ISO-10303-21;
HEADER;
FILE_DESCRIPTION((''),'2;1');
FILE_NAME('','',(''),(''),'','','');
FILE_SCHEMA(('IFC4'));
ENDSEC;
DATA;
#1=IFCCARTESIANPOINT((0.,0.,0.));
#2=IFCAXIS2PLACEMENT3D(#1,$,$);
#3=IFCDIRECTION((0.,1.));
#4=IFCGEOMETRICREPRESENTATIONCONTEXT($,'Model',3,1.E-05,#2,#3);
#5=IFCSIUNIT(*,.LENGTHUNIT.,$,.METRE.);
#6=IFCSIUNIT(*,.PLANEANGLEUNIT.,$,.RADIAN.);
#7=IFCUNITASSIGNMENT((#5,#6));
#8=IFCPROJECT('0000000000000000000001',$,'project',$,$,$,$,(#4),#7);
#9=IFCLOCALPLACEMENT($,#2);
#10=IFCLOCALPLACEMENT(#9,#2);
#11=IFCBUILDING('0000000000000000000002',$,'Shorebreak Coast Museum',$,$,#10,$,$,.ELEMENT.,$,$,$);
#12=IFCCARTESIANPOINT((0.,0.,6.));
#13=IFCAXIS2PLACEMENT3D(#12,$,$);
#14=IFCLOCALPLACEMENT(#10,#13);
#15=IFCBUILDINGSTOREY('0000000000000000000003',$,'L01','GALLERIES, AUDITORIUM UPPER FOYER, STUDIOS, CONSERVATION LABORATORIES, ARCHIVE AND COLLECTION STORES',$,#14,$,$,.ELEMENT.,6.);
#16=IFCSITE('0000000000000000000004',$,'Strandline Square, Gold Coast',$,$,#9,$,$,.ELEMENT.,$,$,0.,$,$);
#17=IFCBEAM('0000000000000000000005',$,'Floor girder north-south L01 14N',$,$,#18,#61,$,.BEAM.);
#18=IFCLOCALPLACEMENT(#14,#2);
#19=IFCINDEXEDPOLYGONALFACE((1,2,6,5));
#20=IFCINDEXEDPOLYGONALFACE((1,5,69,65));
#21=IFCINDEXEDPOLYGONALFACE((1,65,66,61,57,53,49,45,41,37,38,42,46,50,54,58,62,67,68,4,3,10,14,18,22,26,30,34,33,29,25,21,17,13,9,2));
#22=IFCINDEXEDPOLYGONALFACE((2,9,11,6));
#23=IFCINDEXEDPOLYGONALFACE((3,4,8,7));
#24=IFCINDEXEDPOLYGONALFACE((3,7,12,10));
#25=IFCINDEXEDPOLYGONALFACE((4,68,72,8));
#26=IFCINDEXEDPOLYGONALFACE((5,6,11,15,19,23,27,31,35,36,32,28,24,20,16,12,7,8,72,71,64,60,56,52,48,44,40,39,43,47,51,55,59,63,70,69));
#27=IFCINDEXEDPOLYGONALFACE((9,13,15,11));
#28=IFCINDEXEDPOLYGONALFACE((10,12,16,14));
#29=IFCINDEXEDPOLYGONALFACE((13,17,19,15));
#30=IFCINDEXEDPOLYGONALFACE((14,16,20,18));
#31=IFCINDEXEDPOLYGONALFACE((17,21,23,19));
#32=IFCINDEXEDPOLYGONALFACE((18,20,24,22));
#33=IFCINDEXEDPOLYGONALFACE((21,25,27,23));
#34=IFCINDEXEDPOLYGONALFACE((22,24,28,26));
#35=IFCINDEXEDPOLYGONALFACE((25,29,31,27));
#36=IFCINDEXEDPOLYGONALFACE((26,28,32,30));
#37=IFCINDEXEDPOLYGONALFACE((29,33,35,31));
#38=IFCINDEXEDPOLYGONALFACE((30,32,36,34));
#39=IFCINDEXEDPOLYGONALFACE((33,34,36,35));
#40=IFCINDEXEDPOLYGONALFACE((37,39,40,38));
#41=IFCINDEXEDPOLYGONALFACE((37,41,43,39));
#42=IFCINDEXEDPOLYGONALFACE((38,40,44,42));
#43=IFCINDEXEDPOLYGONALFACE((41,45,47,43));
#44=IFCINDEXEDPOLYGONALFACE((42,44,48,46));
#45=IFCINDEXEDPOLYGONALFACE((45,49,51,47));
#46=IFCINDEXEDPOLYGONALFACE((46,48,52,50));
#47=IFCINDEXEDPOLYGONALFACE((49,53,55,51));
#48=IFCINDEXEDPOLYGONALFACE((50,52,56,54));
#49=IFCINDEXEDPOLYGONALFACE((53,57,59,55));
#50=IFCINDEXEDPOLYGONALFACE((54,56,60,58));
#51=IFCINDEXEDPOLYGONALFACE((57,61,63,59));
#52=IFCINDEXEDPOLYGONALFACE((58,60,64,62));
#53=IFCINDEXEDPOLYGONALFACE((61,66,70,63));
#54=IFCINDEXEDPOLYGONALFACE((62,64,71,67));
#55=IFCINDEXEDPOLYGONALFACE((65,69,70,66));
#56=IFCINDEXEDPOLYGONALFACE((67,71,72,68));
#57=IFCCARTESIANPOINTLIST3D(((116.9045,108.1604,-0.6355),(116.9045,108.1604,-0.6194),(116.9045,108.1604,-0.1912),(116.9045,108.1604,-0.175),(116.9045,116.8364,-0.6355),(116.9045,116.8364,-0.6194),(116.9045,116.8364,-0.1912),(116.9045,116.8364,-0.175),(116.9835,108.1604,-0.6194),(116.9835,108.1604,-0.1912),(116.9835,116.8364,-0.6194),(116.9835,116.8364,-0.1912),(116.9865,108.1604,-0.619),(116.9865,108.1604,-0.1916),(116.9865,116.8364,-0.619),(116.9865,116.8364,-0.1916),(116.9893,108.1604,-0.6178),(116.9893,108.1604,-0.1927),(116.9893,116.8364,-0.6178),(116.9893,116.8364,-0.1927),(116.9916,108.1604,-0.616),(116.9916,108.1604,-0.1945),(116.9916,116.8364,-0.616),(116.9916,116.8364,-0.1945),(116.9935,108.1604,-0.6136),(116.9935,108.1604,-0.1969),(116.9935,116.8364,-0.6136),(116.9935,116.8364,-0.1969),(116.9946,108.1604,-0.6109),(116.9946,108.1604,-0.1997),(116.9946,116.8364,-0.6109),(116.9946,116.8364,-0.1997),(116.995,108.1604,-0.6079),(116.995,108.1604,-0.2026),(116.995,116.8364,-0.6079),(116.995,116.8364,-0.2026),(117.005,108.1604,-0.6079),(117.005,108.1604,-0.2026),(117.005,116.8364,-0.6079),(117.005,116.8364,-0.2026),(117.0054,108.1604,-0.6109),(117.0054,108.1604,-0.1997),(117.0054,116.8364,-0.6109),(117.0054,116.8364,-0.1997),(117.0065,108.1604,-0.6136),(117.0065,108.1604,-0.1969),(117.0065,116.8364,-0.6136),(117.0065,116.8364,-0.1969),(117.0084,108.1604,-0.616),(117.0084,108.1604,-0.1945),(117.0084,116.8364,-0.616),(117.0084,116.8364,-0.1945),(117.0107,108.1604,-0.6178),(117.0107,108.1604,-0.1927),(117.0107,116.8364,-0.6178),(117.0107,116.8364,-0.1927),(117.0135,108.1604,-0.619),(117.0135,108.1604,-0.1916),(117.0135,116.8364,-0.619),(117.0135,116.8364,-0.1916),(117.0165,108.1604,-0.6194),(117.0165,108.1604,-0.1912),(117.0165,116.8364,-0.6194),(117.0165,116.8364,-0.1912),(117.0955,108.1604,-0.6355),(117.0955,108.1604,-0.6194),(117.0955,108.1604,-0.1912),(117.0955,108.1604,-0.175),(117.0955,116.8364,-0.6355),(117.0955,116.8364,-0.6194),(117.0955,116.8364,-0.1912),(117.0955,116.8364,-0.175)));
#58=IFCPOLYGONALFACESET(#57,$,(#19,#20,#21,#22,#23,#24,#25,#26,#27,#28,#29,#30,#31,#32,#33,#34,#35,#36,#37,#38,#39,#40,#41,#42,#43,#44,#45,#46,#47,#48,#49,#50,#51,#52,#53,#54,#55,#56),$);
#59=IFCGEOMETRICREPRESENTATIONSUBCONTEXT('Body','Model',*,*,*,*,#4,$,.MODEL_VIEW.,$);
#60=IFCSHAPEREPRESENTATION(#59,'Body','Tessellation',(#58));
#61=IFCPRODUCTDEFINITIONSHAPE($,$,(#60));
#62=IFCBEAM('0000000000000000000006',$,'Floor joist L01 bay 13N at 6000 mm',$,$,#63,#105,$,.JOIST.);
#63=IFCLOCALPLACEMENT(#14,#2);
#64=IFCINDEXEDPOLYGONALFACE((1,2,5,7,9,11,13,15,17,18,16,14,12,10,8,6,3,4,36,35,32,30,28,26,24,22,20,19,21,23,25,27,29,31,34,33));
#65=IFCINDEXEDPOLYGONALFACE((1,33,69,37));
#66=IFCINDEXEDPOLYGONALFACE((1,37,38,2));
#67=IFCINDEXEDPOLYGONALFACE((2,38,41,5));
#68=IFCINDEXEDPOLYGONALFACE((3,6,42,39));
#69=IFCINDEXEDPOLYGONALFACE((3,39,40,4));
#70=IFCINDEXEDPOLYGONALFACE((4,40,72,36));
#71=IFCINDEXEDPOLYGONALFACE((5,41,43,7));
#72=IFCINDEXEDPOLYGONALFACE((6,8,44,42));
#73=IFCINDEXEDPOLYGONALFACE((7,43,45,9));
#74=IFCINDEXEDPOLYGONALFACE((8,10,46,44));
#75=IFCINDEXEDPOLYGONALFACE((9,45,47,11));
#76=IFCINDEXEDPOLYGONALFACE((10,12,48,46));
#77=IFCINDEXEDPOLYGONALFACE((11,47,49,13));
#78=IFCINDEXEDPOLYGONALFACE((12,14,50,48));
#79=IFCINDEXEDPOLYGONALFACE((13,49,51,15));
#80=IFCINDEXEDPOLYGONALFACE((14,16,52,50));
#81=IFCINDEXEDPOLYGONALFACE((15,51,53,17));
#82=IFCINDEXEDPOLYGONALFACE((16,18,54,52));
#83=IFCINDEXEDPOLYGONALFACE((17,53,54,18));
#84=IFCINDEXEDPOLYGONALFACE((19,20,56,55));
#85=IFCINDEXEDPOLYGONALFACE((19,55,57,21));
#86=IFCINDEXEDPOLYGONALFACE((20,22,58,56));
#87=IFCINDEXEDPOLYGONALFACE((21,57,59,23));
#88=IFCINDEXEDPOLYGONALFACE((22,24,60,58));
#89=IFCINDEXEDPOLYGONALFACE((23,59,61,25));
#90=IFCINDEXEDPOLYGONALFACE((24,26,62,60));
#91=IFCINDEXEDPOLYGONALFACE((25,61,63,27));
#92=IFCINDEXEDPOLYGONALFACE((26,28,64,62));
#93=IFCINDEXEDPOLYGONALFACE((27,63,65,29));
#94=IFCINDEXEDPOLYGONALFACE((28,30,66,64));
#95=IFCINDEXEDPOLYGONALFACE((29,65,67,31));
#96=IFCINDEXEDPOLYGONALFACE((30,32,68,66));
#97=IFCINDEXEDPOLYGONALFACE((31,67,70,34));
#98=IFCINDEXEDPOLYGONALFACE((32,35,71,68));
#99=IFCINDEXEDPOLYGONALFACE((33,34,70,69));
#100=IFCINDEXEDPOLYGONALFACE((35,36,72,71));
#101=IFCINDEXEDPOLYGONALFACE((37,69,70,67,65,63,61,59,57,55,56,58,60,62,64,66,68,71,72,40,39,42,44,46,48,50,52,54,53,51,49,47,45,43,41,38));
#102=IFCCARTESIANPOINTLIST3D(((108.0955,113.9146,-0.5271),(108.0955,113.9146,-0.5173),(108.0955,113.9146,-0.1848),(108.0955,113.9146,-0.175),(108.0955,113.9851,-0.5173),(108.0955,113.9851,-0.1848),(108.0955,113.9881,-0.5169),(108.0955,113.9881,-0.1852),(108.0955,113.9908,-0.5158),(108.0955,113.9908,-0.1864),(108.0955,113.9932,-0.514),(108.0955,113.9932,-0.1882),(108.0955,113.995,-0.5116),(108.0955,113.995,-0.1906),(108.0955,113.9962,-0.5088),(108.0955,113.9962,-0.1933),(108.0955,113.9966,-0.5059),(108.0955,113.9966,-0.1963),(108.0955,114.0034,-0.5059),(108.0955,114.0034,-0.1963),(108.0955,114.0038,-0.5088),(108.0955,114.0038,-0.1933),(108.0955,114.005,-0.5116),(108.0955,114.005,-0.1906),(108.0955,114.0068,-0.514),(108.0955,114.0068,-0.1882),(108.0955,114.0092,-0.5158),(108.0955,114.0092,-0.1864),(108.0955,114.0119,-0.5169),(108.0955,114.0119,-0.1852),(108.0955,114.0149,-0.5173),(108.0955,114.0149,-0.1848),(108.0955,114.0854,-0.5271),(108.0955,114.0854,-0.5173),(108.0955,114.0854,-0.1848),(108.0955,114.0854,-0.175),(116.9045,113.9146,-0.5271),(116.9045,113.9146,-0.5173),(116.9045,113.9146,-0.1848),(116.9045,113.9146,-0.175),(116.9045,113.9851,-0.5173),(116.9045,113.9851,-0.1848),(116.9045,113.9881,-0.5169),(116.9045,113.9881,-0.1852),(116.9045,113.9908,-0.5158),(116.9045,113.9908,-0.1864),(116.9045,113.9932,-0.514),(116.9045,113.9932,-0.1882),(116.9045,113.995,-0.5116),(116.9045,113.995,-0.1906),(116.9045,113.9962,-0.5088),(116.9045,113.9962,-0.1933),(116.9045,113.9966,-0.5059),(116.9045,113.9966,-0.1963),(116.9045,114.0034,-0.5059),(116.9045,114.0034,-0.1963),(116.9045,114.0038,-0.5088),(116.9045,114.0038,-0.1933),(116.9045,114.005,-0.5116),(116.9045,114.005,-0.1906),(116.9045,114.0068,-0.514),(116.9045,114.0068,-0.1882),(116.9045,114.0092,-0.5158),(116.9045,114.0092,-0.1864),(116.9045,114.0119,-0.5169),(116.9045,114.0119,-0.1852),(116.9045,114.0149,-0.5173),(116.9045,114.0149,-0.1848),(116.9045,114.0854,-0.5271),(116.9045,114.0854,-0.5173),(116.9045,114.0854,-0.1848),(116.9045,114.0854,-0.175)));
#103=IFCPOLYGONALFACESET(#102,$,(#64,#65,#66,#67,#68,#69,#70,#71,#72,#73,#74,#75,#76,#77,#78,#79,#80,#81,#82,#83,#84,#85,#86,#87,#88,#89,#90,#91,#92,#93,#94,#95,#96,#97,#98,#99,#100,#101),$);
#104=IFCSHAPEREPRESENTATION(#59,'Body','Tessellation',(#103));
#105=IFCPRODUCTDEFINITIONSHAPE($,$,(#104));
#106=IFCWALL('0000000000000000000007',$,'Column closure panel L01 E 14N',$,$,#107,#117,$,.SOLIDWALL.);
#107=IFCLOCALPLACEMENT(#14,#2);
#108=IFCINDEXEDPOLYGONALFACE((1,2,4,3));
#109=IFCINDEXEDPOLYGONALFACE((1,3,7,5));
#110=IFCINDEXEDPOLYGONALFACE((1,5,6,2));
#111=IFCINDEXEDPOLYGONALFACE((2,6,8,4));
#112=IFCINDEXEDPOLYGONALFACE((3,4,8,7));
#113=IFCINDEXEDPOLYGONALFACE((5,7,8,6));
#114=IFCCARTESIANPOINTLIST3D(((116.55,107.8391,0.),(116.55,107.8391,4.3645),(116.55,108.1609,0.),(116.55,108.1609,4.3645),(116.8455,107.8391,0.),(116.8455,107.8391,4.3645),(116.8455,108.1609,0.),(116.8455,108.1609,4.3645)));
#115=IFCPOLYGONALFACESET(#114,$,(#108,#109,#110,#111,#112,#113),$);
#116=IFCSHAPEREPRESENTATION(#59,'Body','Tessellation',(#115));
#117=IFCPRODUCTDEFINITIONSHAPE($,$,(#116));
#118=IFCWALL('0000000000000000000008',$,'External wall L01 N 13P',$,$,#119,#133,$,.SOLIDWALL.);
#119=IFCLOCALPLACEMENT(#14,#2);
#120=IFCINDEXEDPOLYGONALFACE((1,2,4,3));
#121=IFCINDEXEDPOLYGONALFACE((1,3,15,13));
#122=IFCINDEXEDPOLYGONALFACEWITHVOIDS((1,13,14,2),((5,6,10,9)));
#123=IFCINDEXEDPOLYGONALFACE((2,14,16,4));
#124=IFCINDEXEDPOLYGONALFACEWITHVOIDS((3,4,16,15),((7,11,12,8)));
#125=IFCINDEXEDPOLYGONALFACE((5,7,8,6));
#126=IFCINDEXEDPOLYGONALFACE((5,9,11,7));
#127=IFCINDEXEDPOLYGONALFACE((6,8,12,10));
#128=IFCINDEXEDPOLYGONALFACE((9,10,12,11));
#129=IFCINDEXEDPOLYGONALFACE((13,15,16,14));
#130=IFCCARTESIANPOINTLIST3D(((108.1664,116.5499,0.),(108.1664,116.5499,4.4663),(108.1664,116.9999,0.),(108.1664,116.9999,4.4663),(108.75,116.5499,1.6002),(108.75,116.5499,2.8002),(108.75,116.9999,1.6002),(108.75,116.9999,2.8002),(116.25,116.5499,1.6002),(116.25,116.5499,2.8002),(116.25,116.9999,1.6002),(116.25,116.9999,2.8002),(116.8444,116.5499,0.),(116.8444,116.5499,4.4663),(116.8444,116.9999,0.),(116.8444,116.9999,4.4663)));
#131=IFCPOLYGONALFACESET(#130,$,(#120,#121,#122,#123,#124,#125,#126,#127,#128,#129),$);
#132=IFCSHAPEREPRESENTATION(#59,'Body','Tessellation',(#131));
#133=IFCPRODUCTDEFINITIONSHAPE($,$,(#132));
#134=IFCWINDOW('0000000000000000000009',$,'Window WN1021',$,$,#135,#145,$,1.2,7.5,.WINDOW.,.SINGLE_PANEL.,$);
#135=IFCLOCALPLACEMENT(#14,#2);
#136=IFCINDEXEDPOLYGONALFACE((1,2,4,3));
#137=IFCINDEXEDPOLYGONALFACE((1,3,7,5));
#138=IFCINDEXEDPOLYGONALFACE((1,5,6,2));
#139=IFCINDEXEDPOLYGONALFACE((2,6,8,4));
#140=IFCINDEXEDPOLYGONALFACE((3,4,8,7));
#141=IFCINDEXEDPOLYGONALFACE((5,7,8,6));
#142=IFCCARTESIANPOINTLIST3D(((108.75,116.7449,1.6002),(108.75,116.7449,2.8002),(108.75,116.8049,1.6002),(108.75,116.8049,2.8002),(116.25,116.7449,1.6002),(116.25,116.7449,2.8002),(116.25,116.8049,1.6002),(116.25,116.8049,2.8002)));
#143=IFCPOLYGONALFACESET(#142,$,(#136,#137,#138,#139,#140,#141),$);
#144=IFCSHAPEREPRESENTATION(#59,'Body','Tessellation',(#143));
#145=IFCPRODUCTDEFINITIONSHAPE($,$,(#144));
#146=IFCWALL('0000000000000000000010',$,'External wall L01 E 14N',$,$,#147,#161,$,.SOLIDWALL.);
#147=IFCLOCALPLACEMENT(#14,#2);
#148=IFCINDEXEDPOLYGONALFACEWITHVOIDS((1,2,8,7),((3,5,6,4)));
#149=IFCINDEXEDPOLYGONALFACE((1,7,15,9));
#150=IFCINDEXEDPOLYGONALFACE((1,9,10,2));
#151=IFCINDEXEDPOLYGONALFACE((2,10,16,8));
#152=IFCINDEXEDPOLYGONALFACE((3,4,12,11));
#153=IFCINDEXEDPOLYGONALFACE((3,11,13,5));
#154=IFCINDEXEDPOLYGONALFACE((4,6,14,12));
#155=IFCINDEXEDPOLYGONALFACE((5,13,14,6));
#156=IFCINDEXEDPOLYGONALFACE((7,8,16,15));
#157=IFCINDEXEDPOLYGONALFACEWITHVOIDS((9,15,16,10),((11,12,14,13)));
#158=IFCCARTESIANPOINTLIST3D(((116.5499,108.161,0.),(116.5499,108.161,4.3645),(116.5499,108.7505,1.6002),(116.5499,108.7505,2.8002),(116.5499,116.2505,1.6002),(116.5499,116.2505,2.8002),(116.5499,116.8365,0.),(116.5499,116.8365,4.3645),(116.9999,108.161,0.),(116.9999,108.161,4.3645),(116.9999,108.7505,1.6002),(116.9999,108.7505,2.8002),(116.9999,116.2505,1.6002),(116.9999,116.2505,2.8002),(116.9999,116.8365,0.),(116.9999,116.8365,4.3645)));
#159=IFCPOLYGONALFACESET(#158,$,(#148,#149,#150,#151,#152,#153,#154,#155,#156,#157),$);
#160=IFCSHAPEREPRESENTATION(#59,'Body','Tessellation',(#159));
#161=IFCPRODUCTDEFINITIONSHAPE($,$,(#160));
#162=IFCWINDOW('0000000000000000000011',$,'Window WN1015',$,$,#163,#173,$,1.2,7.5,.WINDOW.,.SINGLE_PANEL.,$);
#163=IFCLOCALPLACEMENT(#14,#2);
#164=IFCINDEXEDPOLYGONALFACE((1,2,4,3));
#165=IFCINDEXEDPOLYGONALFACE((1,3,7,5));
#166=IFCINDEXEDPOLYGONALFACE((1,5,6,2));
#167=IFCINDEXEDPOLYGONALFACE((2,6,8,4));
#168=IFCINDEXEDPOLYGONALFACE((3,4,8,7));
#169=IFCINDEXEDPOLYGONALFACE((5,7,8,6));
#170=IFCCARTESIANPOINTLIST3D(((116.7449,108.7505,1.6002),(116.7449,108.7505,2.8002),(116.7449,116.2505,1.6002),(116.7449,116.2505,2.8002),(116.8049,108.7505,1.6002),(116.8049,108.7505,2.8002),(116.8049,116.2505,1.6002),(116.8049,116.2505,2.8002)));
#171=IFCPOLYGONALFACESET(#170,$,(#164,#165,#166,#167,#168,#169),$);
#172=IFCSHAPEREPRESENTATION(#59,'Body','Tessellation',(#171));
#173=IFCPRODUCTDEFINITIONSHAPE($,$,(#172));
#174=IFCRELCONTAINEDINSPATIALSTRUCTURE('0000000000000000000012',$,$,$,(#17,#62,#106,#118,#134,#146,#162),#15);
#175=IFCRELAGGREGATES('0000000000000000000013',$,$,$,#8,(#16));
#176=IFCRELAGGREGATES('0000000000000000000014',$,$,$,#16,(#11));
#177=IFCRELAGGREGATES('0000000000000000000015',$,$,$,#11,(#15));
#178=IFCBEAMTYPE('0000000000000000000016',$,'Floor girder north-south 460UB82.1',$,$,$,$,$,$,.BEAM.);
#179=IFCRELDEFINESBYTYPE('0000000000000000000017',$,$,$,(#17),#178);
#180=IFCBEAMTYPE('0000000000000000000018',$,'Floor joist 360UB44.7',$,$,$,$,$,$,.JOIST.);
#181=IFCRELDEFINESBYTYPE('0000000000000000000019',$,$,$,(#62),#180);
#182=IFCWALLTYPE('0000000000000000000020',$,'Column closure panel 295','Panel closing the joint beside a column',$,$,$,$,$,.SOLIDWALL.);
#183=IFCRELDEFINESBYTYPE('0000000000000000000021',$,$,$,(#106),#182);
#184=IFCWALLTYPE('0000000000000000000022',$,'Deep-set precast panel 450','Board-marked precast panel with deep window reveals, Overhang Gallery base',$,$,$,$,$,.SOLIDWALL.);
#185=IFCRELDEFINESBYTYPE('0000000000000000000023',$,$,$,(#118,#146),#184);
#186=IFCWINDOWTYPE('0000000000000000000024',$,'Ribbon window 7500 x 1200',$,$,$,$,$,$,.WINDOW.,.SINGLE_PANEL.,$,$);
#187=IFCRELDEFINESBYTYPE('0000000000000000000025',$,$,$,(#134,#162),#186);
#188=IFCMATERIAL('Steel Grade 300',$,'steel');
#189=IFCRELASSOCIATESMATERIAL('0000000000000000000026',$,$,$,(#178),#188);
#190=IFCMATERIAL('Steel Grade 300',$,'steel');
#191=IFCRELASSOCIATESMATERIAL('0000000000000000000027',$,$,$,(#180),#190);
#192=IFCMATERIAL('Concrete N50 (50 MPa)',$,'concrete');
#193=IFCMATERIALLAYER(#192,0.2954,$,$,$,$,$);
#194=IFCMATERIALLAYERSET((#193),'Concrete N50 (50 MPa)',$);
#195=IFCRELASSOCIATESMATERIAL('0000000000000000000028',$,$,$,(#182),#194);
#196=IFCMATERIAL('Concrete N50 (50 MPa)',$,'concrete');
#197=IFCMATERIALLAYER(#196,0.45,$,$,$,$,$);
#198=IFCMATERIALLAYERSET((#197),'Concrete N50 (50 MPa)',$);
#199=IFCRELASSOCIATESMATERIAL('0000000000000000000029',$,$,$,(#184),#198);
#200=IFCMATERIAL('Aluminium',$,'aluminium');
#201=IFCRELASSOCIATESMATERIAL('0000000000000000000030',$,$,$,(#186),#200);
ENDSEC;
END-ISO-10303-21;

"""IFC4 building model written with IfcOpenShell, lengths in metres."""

from ifc_helpers import new_model, si_unit, direction, frame, frame_2d, origin, origin_2d, place, context, subcontext, project, spatial, rectangle, i_section, extrude, material, layer, layer_set, material_profile, profile_set, type_object, element, fill, save


model = new_model("IFC4")

# Units and contexts
model_context = context("Model", 3, precision=1e-05, world=origin(), true_north=direction((0.0, 1.0)))
body_context = subcontext(model_context, "Body", "Model", "MODEL_VIEW")
ifc_project = project(units=[si_unit("LENGTHUNIT", "METRE"), si_unit("PLANEANGLEUNIT", "RADIAN")], contexts=[model_context])

# Site, building, storey
site_placement = place(None, origin())
site = spatial("IfcSite", under=ifc_project, at=site_placement, Name="Strandline Square, Gold Coast", CompositionType="ELEMENT", RefElevation=0.0)
building_placement = place(site_placement, origin())
building = spatial("IfcBuilding", under=site, at=building_placement, Name="Shorebreak Coast Museum", CompositionType="ELEMENT")
storey_placement = place(building_placement, frame((0.0, 0.0, 6.0)))
storey = spatial("IfcBuildingStorey", under=building, at=storey_placement, Name="L01", Description="GALLERIES, AUDITORIUM UPPER FOYER, STUDIOS, CONSERVATION LABORATORIES, ARCHIVE AND COLLECTION STORES", CompositionType="ELEMENT", Elevation=6.0)

# Beams
ifc_material_1 = material(Name="Steel Grade 300", Category="steel")
ifc_material_profile_1 = material_profile(ifc_material_1, i_section(OverallWidth=0.1909, OverallDepth=0.4604, WebThickness=0.01, FlangeThickness=0.0161, FilletRadius=0.0115, at=origin_2d()), Name="460UB82.1")
ifc_profile_set_1 = profile_set([ifc_material_profile_1], Name="Steel Grade 300")
beam_type_1 = type_object("IfcBeamType", Name="Floor girder north-south 460UB82.1", PredefinedType="BEAM", material=ifc_profile_set_1)
beam_1_placement = place(storey_placement, frame((117.0, 108.1604, -0.4053), z_axis=(0.0, 1.0, 0.0), x_axis=(-1.0, 0.0, 0.0)))
element("IfcBeam", 1, at=beam_1_placement, inside=storey, type_object=beam_type_1, Name="Floor girder north-south L01 14N", PredefinedType="BEAM", context=body_context, shape_type="SweptSolid", body=[
    extrude(i_section(OverallWidth=0.1909, OverallDepth=0.4604, WebThickness=0.01, FlangeThickness=0.0161, FilletRadius=0.0115, at=origin_2d()), origin(), (0.0, 0.0, 1.0), 8.676),
])
ifc_material_2 = material(Name="Steel Grade 300", Category="steel")
ifc_material_profile_2 = material_profile(ifc_material_2, i_section(OverallWidth=0.1709, OverallDepth=0.3521, WebThickness=0.0068, FlangeThickness=0.0098, FilletRadius=0.0115, at=origin_2d()), Name="360UB44.7")
ifc_profile_set_2 = profile_set([ifc_material_profile_2], Name="Steel Grade 300")
beam_type_2 = type_object("IfcBeamType", Name="Floor joist 360UB44.7", PredefinedType="JOIST", material=ifc_profile_set_2)
beam_2_placement = place(storey_placement, frame((108.0955, 114.0, -0.3511), z_axis=(1.0, 0.0, 0.0), x_axis=(0.0, 1.0, 0.0)))
element("IfcBeam", 2, at=beam_2_placement, inside=storey, type_object=beam_type_2, Name="Floor joist L01 bay 13N at 6000 mm", PredefinedType="JOIST", context=body_context, shape_type="SweptSolid", body=[
    extrude(i_section(OverallWidth=0.1709, OverallDepth=0.3521, WebThickness=0.0068, FlangeThickness=0.0098, FilletRadius=0.0115, at=origin_2d()), origin(), (0.0, 0.0, 1.0), 8.8091),
])

# Wall
ifc_material_3 = material(Name="Concrete N50 (50 MPa)", Category="concrete")
ifc_layer_1 = layer(ifc_material_3, 0.2954)
ifc_layer_set_1 = layer_set([ifc_layer_1], Name="Concrete N50 (50 MPa)")
wall_type_1 = type_object("IfcWallType", Name="Column closure panel 295", Description="Panel closing the joint beside a column", PredefinedType="SOLIDWALL", material=ifc_layer_set_1)
wall_1_placement = place(storey_placement, frame((116.6978, 107.8391, 0.0), z_axis=(0.0, 0.0, 1.0), x_axis=(0.0, 1.0, 0.0)))
element("IfcWall", 3, at=wall_1_placement, inside=storey, type_object=wall_type_1, Name="Column closure panel L01 E 14N", PredefinedType="SOLIDWALL", context=body_context, shape_type="SweptSolid", body=[
    extrude(rectangle(XDim=0.3218, YDim=0.2954, at=frame_2d((0.1609, 0.0))), origin(), (0.0, 0.0, 1.0), 4.3645),
])

# Walls, openings, windows
ifc_material_4 = material(Name="Concrete N50 (50 MPa)", Category="concrete")
ifc_layer_2 = layer(ifc_material_4, 0.45)
ifc_layer_set_2 = layer_set([ifc_layer_2], Name="Concrete N50 (50 MPa)")
wall_type_2 = type_object("IfcWallType", Name="Deep-set precast panel 450", Description="Board-marked precast panel with deep window reveals, Overhang Gallery base", PredefinedType="SOLIDWALL", material=ifc_layer_set_2)
wall_2_placement = place(storey_placement, frame((108.1665, 116.7749, 0.0), z_axis=(0.0, 0.0, 1.0), x_axis=(1.0, 0.0, 0.0)))
wall_2 = element("IfcWall", 4, at=wall_2_placement, inside=storey, type_object=wall_type_2, Name="External wall L01 N 13P", PredefinedType="SOLIDWALL", context=body_context, shape_type="SweptSolid", body=[
    extrude(rectangle(XDim=8.678, YDim=0.45, at=frame_2d((4.3389, 0.0))), origin(), (0.0, 0.0, 1.0), 4.4663),
])
opening_1_placement = place(wall_2_placement, frame((0.5835, 0.0, 1.6001)))
opening_1 = element("IfcOpeningElement", 5, at=opening_1_placement, cuts=wall_2, PredefinedType="OPENING", context=body_context, shape_type="SweptSolid", body=[
    extrude(rectangle(XDim=7.5, YDim=1.2, at=frame_2d((3.75, 0.6001))), frame((0.0, 0.2349, 0.0), z_axis=(0.0, -1.0, 0.0), x_axis=(1.0, 0.0, 0.0)), (0.0, 0.0, 1.0), 0.47),
])
ifc_material_5 = material(Name="Aluminium", Category="aluminium")
window_type = type_object("IfcWindowType", Name="Ribbon window 7500 x 1200", PartitioningType="SINGLE_PANEL", PredefinedType="WINDOW", material=ifc_material_5)
window_1_placement = place(opening_1_placement, origin())
window_1 = element("IfcWindow", 6, at=window_1_placement, inside=storey, type_object=window_type, Name="Window WN1021", OverallHeight=1.2, OverallWidth=7.5, PartitioningType="SINGLE_PANEL", PredefinedType="WINDOW", context=body_context, shape_type="SweptSolid", body=[
    extrude(rectangle(XDim=7.5, YDim=1.2, at=frame_2d((3.75, 0.6001))), frame((0.0, 0.03, 0.0), z_axis=(0.0, -1.0, 0.0), x_axis=(1.0, 0.0, 0.0)), (0.0, 0.0, 1.0), 0.0601),
])
fill(opening_1, window_1)
wall_3_placement = place(storey_placement, frame((116.7749, 108.1609, 0.0), z_axis=(0.0, 0.0, 1.0), x_axis=(0.0, 1.0, 0.0)))
wall_3 = element("IfcWall", 7, at=wall_3_placement, inside=storey, type_object=wall_type_2, Name="External wall L01 E 14N", PredefinedType="SOLIDWALL", context=body_context, shape_type="SweptSolid", body=[
    extrude(rectangle(XDim=8.6755, YDim=0.45, at=frame_2d((4.3379, 0.0))), origin(), (0.0, 0.0, 1.0), 4.3645),
])
opening_2_placement = place(wall_3_placement, frame((0.5896, 0.0, 1.6001)))
opening_2 = element("IfcOpeningElement", 8, at=opening_2_placement, cuts=wall_3, PredefinedType="OPENING", context=body_context, shape_type="SweptSolid", body=[
    extrude(rectangle(XDim=7.5, YDim=1.2, at=frame_2d((3.75, 0.6001))), frame((0.0, 0.2349, 0.0), z_axis=(0.0, -1.0, 0.0), x_axis=(1.0, 0.0, 0.0)), (0.0, 0.0, 1.0), 0.47),
])
window_2_placement = place(opening_2_placement, origin())
window_2 = element("IfcWindow", 9, at=window_2_placement, inside=storey, type_object=window_type, Name="Window WN1015", OverallHeight=1.2, OverallWidth=7.5, PartitioningType="SINGLE_PANEL", PredefinedType="WINDOW", context=body_context, shape_type="SweptSolid", body=[
    extrude(rectangle(XDim=7.5, YDim=1.2, at=frame_2d((3.75, 0.6001))), frame((0.0, 0.03, 0.0), z_axis=(0.0, -1.0, 0.0), x_axis=(1.0, 0.0, 0.0)), (0.0, 0.0, 1.0), 0.0601),
])
fill(opening_2, window_2)

save(model, "model.ifc")
